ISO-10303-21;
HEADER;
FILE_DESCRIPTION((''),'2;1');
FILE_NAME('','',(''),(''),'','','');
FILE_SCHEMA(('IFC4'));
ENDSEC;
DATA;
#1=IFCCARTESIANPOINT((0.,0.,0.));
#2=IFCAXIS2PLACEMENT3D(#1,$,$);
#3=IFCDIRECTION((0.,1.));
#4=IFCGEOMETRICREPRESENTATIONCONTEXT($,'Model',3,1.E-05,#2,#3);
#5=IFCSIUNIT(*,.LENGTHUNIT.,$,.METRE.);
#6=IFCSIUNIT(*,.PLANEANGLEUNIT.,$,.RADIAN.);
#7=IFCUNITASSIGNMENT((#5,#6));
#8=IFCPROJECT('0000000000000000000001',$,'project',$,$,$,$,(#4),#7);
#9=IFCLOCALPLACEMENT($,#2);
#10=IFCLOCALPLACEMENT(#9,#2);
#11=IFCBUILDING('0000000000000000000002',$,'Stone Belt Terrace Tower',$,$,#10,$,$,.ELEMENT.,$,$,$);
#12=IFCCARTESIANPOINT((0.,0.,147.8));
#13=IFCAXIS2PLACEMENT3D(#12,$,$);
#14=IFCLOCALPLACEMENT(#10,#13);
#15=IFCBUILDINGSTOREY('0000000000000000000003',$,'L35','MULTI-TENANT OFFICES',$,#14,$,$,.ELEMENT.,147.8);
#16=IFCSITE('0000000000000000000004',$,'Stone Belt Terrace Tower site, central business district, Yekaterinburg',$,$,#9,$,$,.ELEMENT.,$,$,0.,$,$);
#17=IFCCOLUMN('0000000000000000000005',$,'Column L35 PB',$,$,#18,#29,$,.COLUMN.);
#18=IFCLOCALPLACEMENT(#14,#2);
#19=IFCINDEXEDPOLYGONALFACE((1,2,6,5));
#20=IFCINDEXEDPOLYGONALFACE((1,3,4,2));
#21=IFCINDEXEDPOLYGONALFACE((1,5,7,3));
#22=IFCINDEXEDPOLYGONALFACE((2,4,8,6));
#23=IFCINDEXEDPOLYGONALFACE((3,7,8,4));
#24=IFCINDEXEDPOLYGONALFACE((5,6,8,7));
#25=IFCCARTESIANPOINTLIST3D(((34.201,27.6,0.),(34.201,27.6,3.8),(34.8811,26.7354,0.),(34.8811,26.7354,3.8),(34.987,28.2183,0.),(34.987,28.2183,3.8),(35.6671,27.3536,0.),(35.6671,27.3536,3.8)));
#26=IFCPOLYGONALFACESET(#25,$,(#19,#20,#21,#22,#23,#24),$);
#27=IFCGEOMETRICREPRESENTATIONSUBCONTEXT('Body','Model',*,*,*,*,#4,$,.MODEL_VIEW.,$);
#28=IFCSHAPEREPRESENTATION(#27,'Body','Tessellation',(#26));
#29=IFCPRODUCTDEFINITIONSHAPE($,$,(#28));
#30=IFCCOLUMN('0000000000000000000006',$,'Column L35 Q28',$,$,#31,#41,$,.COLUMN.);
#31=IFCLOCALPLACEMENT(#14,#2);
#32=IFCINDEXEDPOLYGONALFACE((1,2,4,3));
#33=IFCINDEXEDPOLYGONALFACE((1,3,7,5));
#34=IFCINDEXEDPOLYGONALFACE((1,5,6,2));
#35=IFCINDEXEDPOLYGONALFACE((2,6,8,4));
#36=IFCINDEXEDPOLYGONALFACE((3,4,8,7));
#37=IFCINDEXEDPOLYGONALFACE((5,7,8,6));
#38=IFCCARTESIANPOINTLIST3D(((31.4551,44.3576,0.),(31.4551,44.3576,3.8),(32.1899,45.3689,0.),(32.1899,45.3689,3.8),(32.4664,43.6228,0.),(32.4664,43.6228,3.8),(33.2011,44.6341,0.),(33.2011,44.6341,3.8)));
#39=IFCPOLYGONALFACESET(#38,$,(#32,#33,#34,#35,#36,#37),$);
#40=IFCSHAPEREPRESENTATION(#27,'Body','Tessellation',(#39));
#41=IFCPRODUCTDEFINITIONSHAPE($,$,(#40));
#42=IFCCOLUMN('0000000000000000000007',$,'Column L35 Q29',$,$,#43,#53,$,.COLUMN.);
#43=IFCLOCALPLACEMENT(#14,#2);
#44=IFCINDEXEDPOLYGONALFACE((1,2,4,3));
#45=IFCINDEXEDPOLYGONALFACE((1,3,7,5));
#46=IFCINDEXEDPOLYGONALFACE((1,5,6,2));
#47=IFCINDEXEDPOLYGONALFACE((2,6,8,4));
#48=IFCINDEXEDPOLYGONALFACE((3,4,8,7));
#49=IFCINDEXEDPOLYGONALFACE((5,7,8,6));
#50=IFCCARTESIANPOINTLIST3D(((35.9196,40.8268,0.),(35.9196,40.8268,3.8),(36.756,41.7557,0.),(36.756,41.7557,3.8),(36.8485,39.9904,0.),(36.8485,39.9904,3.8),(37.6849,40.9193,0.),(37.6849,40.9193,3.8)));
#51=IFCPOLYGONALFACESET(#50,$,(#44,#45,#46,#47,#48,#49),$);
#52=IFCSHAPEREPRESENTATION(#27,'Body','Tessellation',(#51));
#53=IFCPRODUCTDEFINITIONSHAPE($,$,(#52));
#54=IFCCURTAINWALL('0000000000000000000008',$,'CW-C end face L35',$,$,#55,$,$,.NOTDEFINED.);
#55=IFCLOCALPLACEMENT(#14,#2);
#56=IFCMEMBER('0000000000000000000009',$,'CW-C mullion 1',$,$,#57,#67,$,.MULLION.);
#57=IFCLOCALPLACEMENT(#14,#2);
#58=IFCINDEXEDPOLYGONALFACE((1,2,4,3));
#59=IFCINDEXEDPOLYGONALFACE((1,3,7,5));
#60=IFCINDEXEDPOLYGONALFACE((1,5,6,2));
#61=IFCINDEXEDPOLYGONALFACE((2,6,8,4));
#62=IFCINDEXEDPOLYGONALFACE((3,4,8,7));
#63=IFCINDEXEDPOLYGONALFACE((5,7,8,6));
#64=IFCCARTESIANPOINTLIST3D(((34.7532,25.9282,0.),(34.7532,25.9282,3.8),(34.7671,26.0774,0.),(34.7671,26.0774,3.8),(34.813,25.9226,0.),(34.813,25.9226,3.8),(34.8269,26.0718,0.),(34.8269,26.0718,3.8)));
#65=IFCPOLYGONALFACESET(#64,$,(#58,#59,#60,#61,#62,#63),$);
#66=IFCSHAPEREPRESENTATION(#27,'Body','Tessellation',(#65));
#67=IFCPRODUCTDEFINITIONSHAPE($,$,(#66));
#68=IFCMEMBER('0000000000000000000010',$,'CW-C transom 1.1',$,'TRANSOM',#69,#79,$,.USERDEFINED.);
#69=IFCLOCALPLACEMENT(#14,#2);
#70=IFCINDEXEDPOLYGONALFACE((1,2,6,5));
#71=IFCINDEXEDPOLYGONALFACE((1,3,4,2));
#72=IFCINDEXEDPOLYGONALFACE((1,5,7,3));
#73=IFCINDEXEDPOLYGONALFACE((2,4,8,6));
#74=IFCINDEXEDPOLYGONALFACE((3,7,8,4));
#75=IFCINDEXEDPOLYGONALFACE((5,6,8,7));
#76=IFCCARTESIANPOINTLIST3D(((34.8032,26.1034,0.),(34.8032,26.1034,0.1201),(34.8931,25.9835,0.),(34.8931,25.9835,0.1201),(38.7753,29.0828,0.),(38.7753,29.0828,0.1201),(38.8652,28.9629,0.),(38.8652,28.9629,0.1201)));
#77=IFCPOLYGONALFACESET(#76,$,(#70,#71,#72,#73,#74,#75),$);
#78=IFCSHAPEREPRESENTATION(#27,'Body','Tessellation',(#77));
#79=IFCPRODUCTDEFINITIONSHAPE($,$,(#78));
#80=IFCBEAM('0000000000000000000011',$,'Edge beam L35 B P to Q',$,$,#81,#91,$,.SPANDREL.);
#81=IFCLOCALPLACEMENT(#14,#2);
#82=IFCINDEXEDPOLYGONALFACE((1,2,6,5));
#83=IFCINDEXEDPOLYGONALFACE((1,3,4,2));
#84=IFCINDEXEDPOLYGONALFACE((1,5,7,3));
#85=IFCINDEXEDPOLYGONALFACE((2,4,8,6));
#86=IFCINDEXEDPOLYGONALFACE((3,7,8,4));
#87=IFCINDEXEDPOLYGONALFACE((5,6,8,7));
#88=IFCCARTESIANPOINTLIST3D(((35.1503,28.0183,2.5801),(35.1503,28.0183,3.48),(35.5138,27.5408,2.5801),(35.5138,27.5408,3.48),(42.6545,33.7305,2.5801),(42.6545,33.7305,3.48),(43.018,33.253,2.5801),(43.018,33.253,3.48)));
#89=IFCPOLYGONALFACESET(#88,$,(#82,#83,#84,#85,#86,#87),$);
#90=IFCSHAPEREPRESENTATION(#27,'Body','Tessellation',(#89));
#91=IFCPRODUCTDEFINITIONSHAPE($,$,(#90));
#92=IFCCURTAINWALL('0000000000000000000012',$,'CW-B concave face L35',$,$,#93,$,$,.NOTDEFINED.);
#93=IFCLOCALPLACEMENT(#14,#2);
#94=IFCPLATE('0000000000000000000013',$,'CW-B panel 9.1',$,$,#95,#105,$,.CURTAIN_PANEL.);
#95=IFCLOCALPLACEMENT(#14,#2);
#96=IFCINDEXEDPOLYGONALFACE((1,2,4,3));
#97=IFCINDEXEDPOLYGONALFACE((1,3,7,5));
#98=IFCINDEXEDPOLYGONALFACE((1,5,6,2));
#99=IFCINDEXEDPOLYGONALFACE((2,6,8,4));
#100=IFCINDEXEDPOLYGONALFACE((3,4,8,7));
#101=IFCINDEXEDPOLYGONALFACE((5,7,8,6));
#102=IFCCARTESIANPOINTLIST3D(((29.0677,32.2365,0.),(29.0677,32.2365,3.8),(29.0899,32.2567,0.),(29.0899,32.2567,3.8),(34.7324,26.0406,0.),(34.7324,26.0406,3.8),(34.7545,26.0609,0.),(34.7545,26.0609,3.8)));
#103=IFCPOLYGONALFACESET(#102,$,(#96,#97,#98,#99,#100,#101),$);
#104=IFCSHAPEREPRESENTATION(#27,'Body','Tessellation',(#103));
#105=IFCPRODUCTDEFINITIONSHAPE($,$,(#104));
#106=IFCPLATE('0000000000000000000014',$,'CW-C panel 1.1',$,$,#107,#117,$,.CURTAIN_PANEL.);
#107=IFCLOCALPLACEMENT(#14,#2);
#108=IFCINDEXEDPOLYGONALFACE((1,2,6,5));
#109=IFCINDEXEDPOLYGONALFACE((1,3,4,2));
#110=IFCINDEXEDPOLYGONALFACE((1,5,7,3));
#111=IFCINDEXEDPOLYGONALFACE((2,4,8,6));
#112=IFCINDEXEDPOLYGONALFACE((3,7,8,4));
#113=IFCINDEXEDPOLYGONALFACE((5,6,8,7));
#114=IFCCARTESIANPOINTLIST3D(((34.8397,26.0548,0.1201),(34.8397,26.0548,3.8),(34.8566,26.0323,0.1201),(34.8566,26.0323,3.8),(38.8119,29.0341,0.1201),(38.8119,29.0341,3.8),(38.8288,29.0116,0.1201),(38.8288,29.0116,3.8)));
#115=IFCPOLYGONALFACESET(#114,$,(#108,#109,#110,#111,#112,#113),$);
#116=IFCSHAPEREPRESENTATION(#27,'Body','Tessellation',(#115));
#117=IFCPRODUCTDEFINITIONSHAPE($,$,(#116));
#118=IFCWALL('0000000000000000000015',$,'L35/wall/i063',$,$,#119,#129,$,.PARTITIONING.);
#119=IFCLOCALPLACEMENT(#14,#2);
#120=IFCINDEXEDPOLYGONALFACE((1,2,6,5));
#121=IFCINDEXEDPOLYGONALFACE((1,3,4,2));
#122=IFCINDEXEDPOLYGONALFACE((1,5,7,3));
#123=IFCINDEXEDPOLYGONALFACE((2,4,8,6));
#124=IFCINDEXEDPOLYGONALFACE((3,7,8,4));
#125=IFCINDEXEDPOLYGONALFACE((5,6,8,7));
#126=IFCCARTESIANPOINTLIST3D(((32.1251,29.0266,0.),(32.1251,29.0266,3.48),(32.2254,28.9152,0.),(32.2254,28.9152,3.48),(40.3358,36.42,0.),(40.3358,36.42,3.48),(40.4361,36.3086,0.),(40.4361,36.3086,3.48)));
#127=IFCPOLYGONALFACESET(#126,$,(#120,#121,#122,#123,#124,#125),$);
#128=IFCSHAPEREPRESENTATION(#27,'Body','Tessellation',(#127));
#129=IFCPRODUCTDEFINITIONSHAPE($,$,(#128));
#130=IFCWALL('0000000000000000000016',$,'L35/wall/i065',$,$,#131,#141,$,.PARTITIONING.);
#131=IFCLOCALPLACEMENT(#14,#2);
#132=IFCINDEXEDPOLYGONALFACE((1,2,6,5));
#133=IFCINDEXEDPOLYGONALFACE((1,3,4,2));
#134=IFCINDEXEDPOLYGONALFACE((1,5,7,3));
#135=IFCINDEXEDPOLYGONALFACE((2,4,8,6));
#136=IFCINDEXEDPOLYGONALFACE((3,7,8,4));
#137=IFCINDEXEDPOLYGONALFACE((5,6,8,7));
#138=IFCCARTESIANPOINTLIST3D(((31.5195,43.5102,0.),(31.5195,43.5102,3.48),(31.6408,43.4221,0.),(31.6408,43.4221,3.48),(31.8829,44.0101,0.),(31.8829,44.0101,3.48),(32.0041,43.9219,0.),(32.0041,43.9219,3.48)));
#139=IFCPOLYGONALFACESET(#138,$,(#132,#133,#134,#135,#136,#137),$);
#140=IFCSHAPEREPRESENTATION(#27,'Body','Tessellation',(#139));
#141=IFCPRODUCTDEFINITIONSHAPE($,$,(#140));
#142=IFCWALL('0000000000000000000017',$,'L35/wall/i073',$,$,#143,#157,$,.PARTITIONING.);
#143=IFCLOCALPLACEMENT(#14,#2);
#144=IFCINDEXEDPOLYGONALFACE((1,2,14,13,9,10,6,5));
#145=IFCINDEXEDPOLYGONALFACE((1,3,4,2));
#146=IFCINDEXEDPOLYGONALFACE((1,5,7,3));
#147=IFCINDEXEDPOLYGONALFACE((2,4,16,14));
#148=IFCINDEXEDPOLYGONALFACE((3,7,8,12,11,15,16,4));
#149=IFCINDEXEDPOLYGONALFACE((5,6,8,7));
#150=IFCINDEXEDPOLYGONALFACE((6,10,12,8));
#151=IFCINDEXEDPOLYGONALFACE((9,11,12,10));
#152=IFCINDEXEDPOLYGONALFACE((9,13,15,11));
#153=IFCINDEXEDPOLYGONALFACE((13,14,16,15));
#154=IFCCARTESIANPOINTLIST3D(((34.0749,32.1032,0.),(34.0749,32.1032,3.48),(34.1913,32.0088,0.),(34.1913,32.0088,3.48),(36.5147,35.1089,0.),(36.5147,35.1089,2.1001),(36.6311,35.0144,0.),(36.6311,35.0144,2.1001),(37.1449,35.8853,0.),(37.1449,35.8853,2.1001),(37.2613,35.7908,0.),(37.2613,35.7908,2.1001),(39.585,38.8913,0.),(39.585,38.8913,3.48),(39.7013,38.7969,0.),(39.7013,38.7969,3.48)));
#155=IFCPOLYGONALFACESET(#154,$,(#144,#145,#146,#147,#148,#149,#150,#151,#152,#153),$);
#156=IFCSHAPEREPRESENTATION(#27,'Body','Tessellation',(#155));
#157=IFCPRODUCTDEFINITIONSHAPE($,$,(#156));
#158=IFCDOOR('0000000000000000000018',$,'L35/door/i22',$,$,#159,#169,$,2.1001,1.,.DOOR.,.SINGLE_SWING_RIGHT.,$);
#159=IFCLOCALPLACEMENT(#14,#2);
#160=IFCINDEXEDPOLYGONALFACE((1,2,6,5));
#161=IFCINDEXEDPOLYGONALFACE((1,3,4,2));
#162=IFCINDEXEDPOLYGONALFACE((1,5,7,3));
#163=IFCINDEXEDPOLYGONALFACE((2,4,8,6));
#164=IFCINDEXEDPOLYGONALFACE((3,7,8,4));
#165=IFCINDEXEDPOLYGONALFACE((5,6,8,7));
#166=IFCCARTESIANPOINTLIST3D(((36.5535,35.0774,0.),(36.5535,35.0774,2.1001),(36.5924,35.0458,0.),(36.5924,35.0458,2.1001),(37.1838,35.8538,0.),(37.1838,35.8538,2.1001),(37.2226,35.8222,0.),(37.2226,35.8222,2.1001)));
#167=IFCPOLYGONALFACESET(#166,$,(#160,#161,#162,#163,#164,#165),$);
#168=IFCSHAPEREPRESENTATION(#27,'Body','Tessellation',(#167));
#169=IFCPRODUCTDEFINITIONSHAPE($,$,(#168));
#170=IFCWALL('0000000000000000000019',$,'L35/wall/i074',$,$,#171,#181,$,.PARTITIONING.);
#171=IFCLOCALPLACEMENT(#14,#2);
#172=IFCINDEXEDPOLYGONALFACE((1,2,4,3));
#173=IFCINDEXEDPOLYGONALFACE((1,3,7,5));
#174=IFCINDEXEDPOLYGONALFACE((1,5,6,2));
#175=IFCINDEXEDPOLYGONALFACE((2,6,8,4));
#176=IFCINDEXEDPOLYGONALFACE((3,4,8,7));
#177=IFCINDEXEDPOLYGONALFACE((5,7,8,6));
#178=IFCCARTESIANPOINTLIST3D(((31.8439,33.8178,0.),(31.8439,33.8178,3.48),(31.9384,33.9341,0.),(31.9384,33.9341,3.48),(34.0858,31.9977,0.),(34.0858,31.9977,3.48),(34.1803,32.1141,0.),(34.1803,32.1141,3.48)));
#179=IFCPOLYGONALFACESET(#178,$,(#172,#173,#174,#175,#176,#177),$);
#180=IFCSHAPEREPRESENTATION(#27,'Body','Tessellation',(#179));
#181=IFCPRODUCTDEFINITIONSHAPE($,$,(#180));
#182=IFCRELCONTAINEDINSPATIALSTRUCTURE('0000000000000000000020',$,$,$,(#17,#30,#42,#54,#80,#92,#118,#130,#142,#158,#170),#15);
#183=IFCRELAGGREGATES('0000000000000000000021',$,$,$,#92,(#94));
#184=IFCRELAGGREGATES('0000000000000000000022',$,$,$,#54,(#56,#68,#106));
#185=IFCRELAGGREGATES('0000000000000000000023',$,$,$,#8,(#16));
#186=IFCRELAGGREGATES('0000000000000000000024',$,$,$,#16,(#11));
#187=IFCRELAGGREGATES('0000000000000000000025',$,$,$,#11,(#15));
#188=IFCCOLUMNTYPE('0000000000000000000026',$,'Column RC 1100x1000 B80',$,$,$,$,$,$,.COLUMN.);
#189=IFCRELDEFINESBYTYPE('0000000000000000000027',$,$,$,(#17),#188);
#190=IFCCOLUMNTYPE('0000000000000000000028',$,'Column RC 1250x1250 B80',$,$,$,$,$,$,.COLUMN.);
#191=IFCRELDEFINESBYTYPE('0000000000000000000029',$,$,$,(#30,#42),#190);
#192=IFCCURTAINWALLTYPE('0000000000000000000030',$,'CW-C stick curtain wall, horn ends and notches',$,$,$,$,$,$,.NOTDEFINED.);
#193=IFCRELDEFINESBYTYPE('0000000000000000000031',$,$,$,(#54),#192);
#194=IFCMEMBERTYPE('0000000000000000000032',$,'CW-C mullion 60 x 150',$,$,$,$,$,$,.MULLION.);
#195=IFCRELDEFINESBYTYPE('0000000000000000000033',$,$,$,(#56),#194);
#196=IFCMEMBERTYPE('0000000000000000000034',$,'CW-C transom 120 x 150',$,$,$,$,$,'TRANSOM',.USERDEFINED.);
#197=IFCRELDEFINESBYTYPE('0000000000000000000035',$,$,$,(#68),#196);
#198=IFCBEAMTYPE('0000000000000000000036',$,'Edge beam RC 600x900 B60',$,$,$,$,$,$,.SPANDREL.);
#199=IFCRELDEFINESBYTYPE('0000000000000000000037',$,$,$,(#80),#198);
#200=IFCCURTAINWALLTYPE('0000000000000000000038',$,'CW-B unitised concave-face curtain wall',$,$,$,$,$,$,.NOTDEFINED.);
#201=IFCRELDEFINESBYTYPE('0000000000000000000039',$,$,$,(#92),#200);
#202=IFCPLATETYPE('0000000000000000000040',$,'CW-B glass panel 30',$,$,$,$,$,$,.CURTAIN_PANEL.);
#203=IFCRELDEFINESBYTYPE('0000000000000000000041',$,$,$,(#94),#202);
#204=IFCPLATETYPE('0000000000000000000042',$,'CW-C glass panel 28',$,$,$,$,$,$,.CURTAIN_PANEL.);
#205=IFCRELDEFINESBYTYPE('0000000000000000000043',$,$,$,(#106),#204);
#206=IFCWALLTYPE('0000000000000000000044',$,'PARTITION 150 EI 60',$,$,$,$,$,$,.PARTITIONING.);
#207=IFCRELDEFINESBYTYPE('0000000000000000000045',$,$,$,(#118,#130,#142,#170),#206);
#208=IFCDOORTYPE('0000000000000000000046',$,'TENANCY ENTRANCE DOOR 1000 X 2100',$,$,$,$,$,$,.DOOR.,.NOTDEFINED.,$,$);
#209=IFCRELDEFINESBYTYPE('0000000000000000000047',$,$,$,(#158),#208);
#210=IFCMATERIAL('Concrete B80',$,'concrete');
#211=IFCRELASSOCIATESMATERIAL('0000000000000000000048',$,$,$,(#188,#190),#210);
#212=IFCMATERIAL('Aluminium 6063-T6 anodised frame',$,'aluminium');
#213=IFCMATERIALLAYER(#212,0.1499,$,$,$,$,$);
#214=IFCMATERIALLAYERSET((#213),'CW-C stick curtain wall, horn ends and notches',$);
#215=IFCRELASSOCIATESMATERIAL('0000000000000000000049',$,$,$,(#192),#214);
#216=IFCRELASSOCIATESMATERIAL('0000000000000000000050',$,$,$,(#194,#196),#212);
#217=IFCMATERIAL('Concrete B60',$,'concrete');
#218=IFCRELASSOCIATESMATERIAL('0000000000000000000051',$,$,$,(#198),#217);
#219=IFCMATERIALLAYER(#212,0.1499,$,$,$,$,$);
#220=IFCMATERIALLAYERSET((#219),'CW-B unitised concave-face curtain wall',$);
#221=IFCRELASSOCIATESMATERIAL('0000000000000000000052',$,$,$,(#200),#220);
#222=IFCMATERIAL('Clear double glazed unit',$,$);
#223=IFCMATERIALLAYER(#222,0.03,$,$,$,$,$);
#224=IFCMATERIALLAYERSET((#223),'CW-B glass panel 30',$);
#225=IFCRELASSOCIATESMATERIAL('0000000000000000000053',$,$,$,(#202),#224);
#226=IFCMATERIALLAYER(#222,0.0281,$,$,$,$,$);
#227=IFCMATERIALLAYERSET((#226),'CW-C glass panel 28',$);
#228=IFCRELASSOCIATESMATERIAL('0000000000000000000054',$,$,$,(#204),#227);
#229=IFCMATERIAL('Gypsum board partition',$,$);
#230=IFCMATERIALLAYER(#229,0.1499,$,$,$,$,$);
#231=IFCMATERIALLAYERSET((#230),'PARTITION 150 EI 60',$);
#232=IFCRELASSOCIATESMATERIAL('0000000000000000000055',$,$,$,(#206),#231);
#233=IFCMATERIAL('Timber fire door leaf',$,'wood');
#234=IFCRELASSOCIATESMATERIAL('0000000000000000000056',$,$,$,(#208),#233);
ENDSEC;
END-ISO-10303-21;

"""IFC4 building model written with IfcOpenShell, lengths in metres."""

from ifc_helpers import new_model, si_unit, direction, frame, frame_2d, origin, origin_2d, place, context, subcontext, project, spatial, rectangle, extrude, material, layer, layer_set, material_profile, profile_set, type_object, element, fill, aggregate, save


model = new_model("IFC4")

# Units and contexts
model_context = context("Model", 3, precision=1e-05, world=origin(), true_north=direction((0.0, 1.0)))
body_context = subcontext(model_context, "Body", "Model", "MODEL_VIEW")
ifc_project = project(units=[si_unit("LENGTHUNIT", "METRE"), si_unit("PLANEANGLEUNIT", "RADIAN")], contexts=[model_context])

# Site, building, storey
site_placement = place(None, origin())
site = spatial("IfcSite", under=ifc_project, at=site_placement, Name="Stone Belt Terrace Tower site, central business district, Yekaterinburg", CompositionType="ELEMENT", RefElevation=0.0)
building_placement = place(site_placement, origin())
building = spatial("IfcBuilding", under=site, at=building_placement, Name="Stone Belt Terrace Tower", CompositionType="ELEMENT")
storey_placement = place(building_placement, frame((0.0, 0.0, 147.8)))
storey = spatial("IfcBuildingStorey", under=building, at=storey_placement, Name="L35", Description="MULTI-TENANT OFFICES", CompositionType="ELEMENT", Elevation=147.8)

# Columns
ifc_material_1 = material(Name="Concrete B80", Category="concrete")
ifc_material_profile_1 = material_profile(ifc_material_1, rectangle(XDim=1.1001, YDim=1.0, at=origin_2d()), Name="RC 1100x1000")
ifc_profile_set_1 = profile_set([ifc_material_profile_1], Name="Concrete B80")
column_type_1 = type_object("IfcColumnType", Name="Column RC 1100x1000 B80", PredefinedType="COLUMN", material=ifc_profile_set_1)
column_placement = place(storey_placement, frame((34.9341, 27.4768, 0.0), z_axis=(0.0, 0.0, 1.0), x_axis=(0.618218, -0.786007, 0.0)))
element("IfcColumn", 1, at=column_placement, inside=storey, type_object=column_type_1, Name="Column L35 PB", PredefinedType="COLUMN", context=body_context, shape_type="SweptSolid", body=[
    extrude(rectangle(XDim=1.1001, YDim=1.0, at=origin_2d()), origin(), (0.0, 0.0, 1.0), 3.8),
])
ifc_material_profile_2 = material_profile(ifc_material_1, rectangle(XDim=1.25, YDim=1.25, at=origin_2d()), Name="RC 1250x1250")
ifc_profile_set_2 = profile_set([ifc_material_profile_2], Name="Concrete B80")
column_type_2 = type_object("IfcColumnType", Name="Column RC 1250x1250 B80", PredefinedType="COLUMN", material=ifc_profile_set_2)
for number, where, z_axis, x_axis, name in (
    (2, (32.3281, 44.4958, 0.0), (0.0, 0.0, 1.0), (0.809017, -0.587785, 0.0), "Column L35 Q28"),
    (3, (36.8022, 40.873, 0.0), (0.0, 0.0, 1.0), (0.743145, -0.669131, 0.0), "Column L35 Q29"),
):
    element("IfcColumn", number, at=place(storey_placement, frame(where, z_axis=z_axis, x_axis=x_axis)), inside=storey, type_object=column_type_2, Name=name, PredefinedType="COLUMN", context=body_context, shape_type="SweptSolid", body=[
        extrude(rectangle(XDim=1.25, YDim=1.25, at=origin_2d()), origin(), (0.0, 0.0, 1.0), 3.8),
    ])

# Curtain wall, members
ifc_material_2 = material(Name="Aluminium 6063-T6 anodised frame", Category="aluminium")
ifc_layer_1 = layer(ifc_material_2, 0.1499)
ifc_layer_set_1 = layer_set([ifc_layer_1], Name="CW-C stick curtain wall, horn ends and notches")
curtain_wall_type_1 = type_object("IfcCurtainWallType", Name="CW-C stick curtain wall, horn ends and notches", PredefinedType="NOTDEFINED", material=ifc_layer_set_1)
curtain_wall_1_placement = place(storey_placement, origin())
curtain_wall_1 = element("IfcCurtainWall", 4, at=curtain_wall_1_placement, inside=storey, type_object=curtain_wall_type_1, Name="CW-C end face L35", PredefinedType="NOTDEFINED")
ifc_material_profile_3 = material_profile(ifc_material_2, rectangle(XDim=0.1499, YDim=0.0601, at=origin_2d()), Name="Aluminium 6063-T6 60x150")
ifc_profile_set_3 = profile_set([ifc_material_profile_3], Name="Aluminium 6063-T6 anodised frame")
member_type_1 = type_object("IfcMemberType", Name="CW-C mullion 60 x 150", PredefinedType="MULLION", material=ifc_profile_set_3)
member_1_placement = place(storey_placement, frame((34.79, 26.0, 0.0), z_axis=(0.0, 0.0, 1.0), x_axis=(0.093181, 0.995649, 0.0)))
member_1 = element("IfcMember", 5, at=member_1_placement, type_object=member_type_1, Name="CW-C mullion 1", PredefinedType="MULLION", context=body_context, shape_type="SweptSolid", body=[
    extrude(rectangle(XDim=0.1499, YDim=0.0601, at=origin_2d()), origin(), (0.0, 0.0, 1.0), 3.8),
])
ifc_material_profile_4 = material_profile(ifc_material_2, rectangle(XDim=0.1499, YDim=0.1201, at=origin_2d()), Name="Aluminium 6063-T6 150x120")
ifc_profile_set_4 = profile_set([ifc_material_profile_4], Name="Aluminium 6063-T6 anodised frame")
member_type_2 = type_object("IfcMemberType", Name="CW-C transom 120 x 150", ElementType="TRANSOM", PredefinedType="USERDEFINED", material=ifc_profile_set_4)
member_2_placement = place(storey_placement, frame((34.8481, 26.0435, 0.0601), z_axis=(0.799965, 0.600047, 0.0), x_axis=(-0.600047, 0.799965, 0.0)))
member_2 = element("IfcMember", 6, at=member_2_placement, type_object=member_type_2, Name="CW-C transom 1.1", ObjectType="TRANSOM", PredefinedType="USERDEFINED", context=body_context, shape_type="SweptSolid", body=[
    extrude(rectangle(XDim=0.1499, YDim=0.1201, at=origin_2d()), origin(), (0.0, 0.0, 1.0), 4.9653),
])

# Beam
ifc_material_3 = material(Name="Concrete B60", Category="concrete")
ifc_material_profile_5 = material_profile(ifc_material_3, rectangle(XDim=0.6001, YDim=0.8999, at=origin_2d()), Name="RC 600x900")
ifc_profile_set_5 = profile_set([ifc_material_profile_5], Name="Concrete B60")
beam_type = type_object("IfcBeamType", Name="Edge beam RC 600x900 B60", PredefinedType="SPANDREL", material=ifc_profile_set_5)
beam_placement = place(storey_placement, frame((35.332, 27.7795, 3.03), z_axis=(0.795702, 0.605688, 0.0), x_axis=(-0.605688, 0.795702, 0.0)))
element("IfcBeam", 7, at=beam_placement, inside=storey, type_object=beam_type, Name="Edge beam L35 B P to Q", PredefinedType="SPANDREL", context=body_context, shape_type="SweptSolid", body=[
    extrude(rectangle(XDim=0.6001, YDim=0.8999, at=origin_2d()), origin(), (0.0, 0.0, 1.0), 9.4309),
])

# Curtain wall, plate
ifc_layer_2 = layer(ifc_material_2, 0.1499)
ifc_layer_set_2 = layer_set([ifc_layer_2], Name="CW-B unitised concave-face curtain wall")
curtain_wall_type_2 = type_object("IfcCurtainWallType", Name="CW-B unitised concave-face curtain wall", PredefinedType="NOTDEFINED", material=ifc_layer_set_2)
curtain_wall_2_placement = place(storey_placement, origin())
curtain_wall_2 = element("IfcCurtainWall", 8, at=curtain_wall_2_placement, inside=storey, type_object=curtain_wall_type_2, Name="CW-B concave face L35", PredefinedType="NOTDEFINED")
ifc_material_4 = material(Name="Clear double glazed unit")
ifc_layer_3 = layer(ifc_material_4, 0.03)
ifc_layer_set_3 = layer_set([ifc_layer_3], Name="CW-B glass panel 30")
plate_type_1 = type_object("IfcPlateType", Name="CW-B glass panel 30", PredefinedType="CURTAIN_PANEL", material=ifc_layer_set_3)
plate_1_placement = place(storey_placement, frame((31.9111, 29.1487, 0.0), z_axis=(0.0, 0.0, 1.0), x_axis=(0.674761, -0.738036, 0.0)))
plate_1 = element("IfcPlate", 9, at=plate_1_placement, type_object=plate_type_1, Name="CW-B panel 9.1", PredefinedType="CURTAIN_PANEL", context=body_context, shape_type="SweptSolid", body=[
    extrude(rectangle(XDim=8.395, YDim=0.03, at=origin_2d()), origin(), (0.0, 0.0, 1.0), 3.8),
])
aggregate(curtain_wall_2, [plate_1])

# Plate
ifc_layer_4 = layer(ifc_material_4, 0.0281)
ifc_layer_set_4 = layer_set([ifc_layer_4], Name="CW-C glass panel 28")
plate_type_2 = type_object("IfcPlateType", Name="CW-C glass panel 28", PredefinedType="CURTAIN_PANEL", material=ifc_layer_set_4)
plate_2_placement = place(storey_placement, frame((36.8342, 27.5332, 0.1201), z_axis=(0.0, 0.0, 1.0), x_axis=(0.799987, 0.600018, 0.0)))
plate_2 = element("IfcPlate", 10, at=plate_2_placement, type_object=plate_type_2, Name="CW-C panel 1.1", PredefinedType="CURTAIN_PANEL", context=body_context, shape_type="SweptSolid", body=[
    extrude(rectangle(XDim=4.9653, YDim=0.0281, at=origin_2d()), origin(), (0.0, 0.0, 1.0), 3.6799),
])
aggregate(curtain_wall_1, [member_1, member_2, plate_2])

# Walls
ifc_material_5 = material(Name="Gypsum board partition")
ifc_layer_5 = layer(ifc_material_5, 0.1499)
ifc_layer_set_5 = layer_set([ifc_layer_5], Name="PARTITION 150 EI 60")
wall_type_1 = type_object("IfcWallType", Name="PARTITION 150 EI 60", PredefinedType="PARTITIONING", material=ifc_layer_set_5)
wall_1_placement = place(storey_placement, frame((32.1753, 28.9709, 0.0), z_axis=(0.0, 0.0, 1.0), x_axis=(0.743128, 0.669149, 0.0)))
element("IfcWall", 11, at=wall_1_placement, inside=storey, type_object=wall_type_1, Name="L35/wall/i063", PredefinedType="PARTITIONING", context=body_context, shape_type="SweptSolid", body=[
    extrude(rectangle(XDim=11.0488, YDim=0.1499, at=frame_2d((5.5244, 0.0))), origin(), (0.0, 0.0, 1.0), 3.48),
])
wall_2_placement = place(storey_placement, frame((31.5801, 43.4661, 0.0), z_axis=(0.0, 0.0, 1.0), x_axis=(0.587984, 0.808873, 0.0)))
element("IfcWall", 12, at=wall_2_placement, inside=storey, type_object=wall_type_1, Name="L35/wall/i065", PredefinedType="PARTITIONING", context=body_context, shape_type="SweptSolid", body=[
    extrude(rectangle(XDim=0.6179, YDim=0.1499, at=frame_2d((0.3091, 0.0))), origin(), (0.0, 0.0, 1.0), 3.48),
])

# Wall, opening, door
wall_3_placement = place(storey_placement, frame((34.1331, 32.0559, 0.0), z_axis=(0.0, 0.0, 1.0), x_axis=(0.630227, 0.776411, 0.0)))
wall_3 = element("IfcWall", 13, at=wall_3_placement, inside=storey, type_object=wall_type_1, Name="L35/wall/i073", PredefinedType="PARTITIONING", context=body_context, shape_type="SweptSolid", body=[
    extrude(rectangle(XDim=8.7429, YDim=0.1499, at=frame_2d((4.3716, 0.0))), origin(), (0.0, 0.0, 1.0), 3.48),
])
opening_1_placement = place(wall_3_placement, frame((3.8713, 0.0, 0.0)))
opening_1 = element("IfcOpeningElement", 14, at=opening_1_placement, cuts=wall_3, PredefinedType="OPENING", context=body_context, shape_type="SweptSolid", body=[
    extrude(rectangle(XDim=1.0, YDim=2.1001, at=frame_2d((0.5, 1.05))), frame((0.0, 0.085, 0.0), z_axis=(0.0, -1.0, 0.0), x_axis=(1.0, 0.0, 0.0)), (0.0, 0.0, 1.0), 0.1699),
])
ifc_material_6 = material(Name="Timber fire door leaf", Category="wood")
door_type_1 = type_object("IfcDoorType", Name="TENANCY ENTRANCE DOOR 1000 X 2100", OperationType="NOTDEFINED", PredefinedType="DOOR", material=ifc_material_6)
door_1_placement = place(opening_1_placement, origin())
door_1 = element("IfcDoor", 15, at=door_1_placement, inside=storey, type_object=door_type_1, Name="L35/door/i22", OperationType="SINGLE_SWING_RIGHT", OverallHeight=2.1001, OverallWidth=1.0, PredefinedType="DOOR", context=body_context, shape_type="SweptSolid", body=[
    extrude(rectangle(XDim=1.0, YDim=2.1001, at=frame_2d((0.5, 1.05))), frame((0.0, 0.0249, 0.0), z_axis=(0.0, -1.0, 0.0), x_axis=(1.0, 0.0, 0.0)), (0.0, 0.0, 1.0), 0.05),
])
fill(opening_1, door_1)

# Wall
wall_4_placement = place(storey_placement, frame((34.1331, 32.0559, 0.0), z_axis=(0.0, 0.0, 1.0), x_axis=(-0.77637, 0.630277, 0.0)))
element("IfcWall", 16, at=wall_4_placement, inside=storey, type_object=wall_type_1, Name="L35/wall/i074", PredefinedType="PARTITIONING", context=body_context, shape_type="SweptSolid", body=[
    extrude(rectangle(XDim=2.8877, YDim=0.1499, at=frame_2d((1.4438, 0.0))), origin(), (0.0, 0.0, 1.0), 3.48),
])

save(model, "model.ifc")
